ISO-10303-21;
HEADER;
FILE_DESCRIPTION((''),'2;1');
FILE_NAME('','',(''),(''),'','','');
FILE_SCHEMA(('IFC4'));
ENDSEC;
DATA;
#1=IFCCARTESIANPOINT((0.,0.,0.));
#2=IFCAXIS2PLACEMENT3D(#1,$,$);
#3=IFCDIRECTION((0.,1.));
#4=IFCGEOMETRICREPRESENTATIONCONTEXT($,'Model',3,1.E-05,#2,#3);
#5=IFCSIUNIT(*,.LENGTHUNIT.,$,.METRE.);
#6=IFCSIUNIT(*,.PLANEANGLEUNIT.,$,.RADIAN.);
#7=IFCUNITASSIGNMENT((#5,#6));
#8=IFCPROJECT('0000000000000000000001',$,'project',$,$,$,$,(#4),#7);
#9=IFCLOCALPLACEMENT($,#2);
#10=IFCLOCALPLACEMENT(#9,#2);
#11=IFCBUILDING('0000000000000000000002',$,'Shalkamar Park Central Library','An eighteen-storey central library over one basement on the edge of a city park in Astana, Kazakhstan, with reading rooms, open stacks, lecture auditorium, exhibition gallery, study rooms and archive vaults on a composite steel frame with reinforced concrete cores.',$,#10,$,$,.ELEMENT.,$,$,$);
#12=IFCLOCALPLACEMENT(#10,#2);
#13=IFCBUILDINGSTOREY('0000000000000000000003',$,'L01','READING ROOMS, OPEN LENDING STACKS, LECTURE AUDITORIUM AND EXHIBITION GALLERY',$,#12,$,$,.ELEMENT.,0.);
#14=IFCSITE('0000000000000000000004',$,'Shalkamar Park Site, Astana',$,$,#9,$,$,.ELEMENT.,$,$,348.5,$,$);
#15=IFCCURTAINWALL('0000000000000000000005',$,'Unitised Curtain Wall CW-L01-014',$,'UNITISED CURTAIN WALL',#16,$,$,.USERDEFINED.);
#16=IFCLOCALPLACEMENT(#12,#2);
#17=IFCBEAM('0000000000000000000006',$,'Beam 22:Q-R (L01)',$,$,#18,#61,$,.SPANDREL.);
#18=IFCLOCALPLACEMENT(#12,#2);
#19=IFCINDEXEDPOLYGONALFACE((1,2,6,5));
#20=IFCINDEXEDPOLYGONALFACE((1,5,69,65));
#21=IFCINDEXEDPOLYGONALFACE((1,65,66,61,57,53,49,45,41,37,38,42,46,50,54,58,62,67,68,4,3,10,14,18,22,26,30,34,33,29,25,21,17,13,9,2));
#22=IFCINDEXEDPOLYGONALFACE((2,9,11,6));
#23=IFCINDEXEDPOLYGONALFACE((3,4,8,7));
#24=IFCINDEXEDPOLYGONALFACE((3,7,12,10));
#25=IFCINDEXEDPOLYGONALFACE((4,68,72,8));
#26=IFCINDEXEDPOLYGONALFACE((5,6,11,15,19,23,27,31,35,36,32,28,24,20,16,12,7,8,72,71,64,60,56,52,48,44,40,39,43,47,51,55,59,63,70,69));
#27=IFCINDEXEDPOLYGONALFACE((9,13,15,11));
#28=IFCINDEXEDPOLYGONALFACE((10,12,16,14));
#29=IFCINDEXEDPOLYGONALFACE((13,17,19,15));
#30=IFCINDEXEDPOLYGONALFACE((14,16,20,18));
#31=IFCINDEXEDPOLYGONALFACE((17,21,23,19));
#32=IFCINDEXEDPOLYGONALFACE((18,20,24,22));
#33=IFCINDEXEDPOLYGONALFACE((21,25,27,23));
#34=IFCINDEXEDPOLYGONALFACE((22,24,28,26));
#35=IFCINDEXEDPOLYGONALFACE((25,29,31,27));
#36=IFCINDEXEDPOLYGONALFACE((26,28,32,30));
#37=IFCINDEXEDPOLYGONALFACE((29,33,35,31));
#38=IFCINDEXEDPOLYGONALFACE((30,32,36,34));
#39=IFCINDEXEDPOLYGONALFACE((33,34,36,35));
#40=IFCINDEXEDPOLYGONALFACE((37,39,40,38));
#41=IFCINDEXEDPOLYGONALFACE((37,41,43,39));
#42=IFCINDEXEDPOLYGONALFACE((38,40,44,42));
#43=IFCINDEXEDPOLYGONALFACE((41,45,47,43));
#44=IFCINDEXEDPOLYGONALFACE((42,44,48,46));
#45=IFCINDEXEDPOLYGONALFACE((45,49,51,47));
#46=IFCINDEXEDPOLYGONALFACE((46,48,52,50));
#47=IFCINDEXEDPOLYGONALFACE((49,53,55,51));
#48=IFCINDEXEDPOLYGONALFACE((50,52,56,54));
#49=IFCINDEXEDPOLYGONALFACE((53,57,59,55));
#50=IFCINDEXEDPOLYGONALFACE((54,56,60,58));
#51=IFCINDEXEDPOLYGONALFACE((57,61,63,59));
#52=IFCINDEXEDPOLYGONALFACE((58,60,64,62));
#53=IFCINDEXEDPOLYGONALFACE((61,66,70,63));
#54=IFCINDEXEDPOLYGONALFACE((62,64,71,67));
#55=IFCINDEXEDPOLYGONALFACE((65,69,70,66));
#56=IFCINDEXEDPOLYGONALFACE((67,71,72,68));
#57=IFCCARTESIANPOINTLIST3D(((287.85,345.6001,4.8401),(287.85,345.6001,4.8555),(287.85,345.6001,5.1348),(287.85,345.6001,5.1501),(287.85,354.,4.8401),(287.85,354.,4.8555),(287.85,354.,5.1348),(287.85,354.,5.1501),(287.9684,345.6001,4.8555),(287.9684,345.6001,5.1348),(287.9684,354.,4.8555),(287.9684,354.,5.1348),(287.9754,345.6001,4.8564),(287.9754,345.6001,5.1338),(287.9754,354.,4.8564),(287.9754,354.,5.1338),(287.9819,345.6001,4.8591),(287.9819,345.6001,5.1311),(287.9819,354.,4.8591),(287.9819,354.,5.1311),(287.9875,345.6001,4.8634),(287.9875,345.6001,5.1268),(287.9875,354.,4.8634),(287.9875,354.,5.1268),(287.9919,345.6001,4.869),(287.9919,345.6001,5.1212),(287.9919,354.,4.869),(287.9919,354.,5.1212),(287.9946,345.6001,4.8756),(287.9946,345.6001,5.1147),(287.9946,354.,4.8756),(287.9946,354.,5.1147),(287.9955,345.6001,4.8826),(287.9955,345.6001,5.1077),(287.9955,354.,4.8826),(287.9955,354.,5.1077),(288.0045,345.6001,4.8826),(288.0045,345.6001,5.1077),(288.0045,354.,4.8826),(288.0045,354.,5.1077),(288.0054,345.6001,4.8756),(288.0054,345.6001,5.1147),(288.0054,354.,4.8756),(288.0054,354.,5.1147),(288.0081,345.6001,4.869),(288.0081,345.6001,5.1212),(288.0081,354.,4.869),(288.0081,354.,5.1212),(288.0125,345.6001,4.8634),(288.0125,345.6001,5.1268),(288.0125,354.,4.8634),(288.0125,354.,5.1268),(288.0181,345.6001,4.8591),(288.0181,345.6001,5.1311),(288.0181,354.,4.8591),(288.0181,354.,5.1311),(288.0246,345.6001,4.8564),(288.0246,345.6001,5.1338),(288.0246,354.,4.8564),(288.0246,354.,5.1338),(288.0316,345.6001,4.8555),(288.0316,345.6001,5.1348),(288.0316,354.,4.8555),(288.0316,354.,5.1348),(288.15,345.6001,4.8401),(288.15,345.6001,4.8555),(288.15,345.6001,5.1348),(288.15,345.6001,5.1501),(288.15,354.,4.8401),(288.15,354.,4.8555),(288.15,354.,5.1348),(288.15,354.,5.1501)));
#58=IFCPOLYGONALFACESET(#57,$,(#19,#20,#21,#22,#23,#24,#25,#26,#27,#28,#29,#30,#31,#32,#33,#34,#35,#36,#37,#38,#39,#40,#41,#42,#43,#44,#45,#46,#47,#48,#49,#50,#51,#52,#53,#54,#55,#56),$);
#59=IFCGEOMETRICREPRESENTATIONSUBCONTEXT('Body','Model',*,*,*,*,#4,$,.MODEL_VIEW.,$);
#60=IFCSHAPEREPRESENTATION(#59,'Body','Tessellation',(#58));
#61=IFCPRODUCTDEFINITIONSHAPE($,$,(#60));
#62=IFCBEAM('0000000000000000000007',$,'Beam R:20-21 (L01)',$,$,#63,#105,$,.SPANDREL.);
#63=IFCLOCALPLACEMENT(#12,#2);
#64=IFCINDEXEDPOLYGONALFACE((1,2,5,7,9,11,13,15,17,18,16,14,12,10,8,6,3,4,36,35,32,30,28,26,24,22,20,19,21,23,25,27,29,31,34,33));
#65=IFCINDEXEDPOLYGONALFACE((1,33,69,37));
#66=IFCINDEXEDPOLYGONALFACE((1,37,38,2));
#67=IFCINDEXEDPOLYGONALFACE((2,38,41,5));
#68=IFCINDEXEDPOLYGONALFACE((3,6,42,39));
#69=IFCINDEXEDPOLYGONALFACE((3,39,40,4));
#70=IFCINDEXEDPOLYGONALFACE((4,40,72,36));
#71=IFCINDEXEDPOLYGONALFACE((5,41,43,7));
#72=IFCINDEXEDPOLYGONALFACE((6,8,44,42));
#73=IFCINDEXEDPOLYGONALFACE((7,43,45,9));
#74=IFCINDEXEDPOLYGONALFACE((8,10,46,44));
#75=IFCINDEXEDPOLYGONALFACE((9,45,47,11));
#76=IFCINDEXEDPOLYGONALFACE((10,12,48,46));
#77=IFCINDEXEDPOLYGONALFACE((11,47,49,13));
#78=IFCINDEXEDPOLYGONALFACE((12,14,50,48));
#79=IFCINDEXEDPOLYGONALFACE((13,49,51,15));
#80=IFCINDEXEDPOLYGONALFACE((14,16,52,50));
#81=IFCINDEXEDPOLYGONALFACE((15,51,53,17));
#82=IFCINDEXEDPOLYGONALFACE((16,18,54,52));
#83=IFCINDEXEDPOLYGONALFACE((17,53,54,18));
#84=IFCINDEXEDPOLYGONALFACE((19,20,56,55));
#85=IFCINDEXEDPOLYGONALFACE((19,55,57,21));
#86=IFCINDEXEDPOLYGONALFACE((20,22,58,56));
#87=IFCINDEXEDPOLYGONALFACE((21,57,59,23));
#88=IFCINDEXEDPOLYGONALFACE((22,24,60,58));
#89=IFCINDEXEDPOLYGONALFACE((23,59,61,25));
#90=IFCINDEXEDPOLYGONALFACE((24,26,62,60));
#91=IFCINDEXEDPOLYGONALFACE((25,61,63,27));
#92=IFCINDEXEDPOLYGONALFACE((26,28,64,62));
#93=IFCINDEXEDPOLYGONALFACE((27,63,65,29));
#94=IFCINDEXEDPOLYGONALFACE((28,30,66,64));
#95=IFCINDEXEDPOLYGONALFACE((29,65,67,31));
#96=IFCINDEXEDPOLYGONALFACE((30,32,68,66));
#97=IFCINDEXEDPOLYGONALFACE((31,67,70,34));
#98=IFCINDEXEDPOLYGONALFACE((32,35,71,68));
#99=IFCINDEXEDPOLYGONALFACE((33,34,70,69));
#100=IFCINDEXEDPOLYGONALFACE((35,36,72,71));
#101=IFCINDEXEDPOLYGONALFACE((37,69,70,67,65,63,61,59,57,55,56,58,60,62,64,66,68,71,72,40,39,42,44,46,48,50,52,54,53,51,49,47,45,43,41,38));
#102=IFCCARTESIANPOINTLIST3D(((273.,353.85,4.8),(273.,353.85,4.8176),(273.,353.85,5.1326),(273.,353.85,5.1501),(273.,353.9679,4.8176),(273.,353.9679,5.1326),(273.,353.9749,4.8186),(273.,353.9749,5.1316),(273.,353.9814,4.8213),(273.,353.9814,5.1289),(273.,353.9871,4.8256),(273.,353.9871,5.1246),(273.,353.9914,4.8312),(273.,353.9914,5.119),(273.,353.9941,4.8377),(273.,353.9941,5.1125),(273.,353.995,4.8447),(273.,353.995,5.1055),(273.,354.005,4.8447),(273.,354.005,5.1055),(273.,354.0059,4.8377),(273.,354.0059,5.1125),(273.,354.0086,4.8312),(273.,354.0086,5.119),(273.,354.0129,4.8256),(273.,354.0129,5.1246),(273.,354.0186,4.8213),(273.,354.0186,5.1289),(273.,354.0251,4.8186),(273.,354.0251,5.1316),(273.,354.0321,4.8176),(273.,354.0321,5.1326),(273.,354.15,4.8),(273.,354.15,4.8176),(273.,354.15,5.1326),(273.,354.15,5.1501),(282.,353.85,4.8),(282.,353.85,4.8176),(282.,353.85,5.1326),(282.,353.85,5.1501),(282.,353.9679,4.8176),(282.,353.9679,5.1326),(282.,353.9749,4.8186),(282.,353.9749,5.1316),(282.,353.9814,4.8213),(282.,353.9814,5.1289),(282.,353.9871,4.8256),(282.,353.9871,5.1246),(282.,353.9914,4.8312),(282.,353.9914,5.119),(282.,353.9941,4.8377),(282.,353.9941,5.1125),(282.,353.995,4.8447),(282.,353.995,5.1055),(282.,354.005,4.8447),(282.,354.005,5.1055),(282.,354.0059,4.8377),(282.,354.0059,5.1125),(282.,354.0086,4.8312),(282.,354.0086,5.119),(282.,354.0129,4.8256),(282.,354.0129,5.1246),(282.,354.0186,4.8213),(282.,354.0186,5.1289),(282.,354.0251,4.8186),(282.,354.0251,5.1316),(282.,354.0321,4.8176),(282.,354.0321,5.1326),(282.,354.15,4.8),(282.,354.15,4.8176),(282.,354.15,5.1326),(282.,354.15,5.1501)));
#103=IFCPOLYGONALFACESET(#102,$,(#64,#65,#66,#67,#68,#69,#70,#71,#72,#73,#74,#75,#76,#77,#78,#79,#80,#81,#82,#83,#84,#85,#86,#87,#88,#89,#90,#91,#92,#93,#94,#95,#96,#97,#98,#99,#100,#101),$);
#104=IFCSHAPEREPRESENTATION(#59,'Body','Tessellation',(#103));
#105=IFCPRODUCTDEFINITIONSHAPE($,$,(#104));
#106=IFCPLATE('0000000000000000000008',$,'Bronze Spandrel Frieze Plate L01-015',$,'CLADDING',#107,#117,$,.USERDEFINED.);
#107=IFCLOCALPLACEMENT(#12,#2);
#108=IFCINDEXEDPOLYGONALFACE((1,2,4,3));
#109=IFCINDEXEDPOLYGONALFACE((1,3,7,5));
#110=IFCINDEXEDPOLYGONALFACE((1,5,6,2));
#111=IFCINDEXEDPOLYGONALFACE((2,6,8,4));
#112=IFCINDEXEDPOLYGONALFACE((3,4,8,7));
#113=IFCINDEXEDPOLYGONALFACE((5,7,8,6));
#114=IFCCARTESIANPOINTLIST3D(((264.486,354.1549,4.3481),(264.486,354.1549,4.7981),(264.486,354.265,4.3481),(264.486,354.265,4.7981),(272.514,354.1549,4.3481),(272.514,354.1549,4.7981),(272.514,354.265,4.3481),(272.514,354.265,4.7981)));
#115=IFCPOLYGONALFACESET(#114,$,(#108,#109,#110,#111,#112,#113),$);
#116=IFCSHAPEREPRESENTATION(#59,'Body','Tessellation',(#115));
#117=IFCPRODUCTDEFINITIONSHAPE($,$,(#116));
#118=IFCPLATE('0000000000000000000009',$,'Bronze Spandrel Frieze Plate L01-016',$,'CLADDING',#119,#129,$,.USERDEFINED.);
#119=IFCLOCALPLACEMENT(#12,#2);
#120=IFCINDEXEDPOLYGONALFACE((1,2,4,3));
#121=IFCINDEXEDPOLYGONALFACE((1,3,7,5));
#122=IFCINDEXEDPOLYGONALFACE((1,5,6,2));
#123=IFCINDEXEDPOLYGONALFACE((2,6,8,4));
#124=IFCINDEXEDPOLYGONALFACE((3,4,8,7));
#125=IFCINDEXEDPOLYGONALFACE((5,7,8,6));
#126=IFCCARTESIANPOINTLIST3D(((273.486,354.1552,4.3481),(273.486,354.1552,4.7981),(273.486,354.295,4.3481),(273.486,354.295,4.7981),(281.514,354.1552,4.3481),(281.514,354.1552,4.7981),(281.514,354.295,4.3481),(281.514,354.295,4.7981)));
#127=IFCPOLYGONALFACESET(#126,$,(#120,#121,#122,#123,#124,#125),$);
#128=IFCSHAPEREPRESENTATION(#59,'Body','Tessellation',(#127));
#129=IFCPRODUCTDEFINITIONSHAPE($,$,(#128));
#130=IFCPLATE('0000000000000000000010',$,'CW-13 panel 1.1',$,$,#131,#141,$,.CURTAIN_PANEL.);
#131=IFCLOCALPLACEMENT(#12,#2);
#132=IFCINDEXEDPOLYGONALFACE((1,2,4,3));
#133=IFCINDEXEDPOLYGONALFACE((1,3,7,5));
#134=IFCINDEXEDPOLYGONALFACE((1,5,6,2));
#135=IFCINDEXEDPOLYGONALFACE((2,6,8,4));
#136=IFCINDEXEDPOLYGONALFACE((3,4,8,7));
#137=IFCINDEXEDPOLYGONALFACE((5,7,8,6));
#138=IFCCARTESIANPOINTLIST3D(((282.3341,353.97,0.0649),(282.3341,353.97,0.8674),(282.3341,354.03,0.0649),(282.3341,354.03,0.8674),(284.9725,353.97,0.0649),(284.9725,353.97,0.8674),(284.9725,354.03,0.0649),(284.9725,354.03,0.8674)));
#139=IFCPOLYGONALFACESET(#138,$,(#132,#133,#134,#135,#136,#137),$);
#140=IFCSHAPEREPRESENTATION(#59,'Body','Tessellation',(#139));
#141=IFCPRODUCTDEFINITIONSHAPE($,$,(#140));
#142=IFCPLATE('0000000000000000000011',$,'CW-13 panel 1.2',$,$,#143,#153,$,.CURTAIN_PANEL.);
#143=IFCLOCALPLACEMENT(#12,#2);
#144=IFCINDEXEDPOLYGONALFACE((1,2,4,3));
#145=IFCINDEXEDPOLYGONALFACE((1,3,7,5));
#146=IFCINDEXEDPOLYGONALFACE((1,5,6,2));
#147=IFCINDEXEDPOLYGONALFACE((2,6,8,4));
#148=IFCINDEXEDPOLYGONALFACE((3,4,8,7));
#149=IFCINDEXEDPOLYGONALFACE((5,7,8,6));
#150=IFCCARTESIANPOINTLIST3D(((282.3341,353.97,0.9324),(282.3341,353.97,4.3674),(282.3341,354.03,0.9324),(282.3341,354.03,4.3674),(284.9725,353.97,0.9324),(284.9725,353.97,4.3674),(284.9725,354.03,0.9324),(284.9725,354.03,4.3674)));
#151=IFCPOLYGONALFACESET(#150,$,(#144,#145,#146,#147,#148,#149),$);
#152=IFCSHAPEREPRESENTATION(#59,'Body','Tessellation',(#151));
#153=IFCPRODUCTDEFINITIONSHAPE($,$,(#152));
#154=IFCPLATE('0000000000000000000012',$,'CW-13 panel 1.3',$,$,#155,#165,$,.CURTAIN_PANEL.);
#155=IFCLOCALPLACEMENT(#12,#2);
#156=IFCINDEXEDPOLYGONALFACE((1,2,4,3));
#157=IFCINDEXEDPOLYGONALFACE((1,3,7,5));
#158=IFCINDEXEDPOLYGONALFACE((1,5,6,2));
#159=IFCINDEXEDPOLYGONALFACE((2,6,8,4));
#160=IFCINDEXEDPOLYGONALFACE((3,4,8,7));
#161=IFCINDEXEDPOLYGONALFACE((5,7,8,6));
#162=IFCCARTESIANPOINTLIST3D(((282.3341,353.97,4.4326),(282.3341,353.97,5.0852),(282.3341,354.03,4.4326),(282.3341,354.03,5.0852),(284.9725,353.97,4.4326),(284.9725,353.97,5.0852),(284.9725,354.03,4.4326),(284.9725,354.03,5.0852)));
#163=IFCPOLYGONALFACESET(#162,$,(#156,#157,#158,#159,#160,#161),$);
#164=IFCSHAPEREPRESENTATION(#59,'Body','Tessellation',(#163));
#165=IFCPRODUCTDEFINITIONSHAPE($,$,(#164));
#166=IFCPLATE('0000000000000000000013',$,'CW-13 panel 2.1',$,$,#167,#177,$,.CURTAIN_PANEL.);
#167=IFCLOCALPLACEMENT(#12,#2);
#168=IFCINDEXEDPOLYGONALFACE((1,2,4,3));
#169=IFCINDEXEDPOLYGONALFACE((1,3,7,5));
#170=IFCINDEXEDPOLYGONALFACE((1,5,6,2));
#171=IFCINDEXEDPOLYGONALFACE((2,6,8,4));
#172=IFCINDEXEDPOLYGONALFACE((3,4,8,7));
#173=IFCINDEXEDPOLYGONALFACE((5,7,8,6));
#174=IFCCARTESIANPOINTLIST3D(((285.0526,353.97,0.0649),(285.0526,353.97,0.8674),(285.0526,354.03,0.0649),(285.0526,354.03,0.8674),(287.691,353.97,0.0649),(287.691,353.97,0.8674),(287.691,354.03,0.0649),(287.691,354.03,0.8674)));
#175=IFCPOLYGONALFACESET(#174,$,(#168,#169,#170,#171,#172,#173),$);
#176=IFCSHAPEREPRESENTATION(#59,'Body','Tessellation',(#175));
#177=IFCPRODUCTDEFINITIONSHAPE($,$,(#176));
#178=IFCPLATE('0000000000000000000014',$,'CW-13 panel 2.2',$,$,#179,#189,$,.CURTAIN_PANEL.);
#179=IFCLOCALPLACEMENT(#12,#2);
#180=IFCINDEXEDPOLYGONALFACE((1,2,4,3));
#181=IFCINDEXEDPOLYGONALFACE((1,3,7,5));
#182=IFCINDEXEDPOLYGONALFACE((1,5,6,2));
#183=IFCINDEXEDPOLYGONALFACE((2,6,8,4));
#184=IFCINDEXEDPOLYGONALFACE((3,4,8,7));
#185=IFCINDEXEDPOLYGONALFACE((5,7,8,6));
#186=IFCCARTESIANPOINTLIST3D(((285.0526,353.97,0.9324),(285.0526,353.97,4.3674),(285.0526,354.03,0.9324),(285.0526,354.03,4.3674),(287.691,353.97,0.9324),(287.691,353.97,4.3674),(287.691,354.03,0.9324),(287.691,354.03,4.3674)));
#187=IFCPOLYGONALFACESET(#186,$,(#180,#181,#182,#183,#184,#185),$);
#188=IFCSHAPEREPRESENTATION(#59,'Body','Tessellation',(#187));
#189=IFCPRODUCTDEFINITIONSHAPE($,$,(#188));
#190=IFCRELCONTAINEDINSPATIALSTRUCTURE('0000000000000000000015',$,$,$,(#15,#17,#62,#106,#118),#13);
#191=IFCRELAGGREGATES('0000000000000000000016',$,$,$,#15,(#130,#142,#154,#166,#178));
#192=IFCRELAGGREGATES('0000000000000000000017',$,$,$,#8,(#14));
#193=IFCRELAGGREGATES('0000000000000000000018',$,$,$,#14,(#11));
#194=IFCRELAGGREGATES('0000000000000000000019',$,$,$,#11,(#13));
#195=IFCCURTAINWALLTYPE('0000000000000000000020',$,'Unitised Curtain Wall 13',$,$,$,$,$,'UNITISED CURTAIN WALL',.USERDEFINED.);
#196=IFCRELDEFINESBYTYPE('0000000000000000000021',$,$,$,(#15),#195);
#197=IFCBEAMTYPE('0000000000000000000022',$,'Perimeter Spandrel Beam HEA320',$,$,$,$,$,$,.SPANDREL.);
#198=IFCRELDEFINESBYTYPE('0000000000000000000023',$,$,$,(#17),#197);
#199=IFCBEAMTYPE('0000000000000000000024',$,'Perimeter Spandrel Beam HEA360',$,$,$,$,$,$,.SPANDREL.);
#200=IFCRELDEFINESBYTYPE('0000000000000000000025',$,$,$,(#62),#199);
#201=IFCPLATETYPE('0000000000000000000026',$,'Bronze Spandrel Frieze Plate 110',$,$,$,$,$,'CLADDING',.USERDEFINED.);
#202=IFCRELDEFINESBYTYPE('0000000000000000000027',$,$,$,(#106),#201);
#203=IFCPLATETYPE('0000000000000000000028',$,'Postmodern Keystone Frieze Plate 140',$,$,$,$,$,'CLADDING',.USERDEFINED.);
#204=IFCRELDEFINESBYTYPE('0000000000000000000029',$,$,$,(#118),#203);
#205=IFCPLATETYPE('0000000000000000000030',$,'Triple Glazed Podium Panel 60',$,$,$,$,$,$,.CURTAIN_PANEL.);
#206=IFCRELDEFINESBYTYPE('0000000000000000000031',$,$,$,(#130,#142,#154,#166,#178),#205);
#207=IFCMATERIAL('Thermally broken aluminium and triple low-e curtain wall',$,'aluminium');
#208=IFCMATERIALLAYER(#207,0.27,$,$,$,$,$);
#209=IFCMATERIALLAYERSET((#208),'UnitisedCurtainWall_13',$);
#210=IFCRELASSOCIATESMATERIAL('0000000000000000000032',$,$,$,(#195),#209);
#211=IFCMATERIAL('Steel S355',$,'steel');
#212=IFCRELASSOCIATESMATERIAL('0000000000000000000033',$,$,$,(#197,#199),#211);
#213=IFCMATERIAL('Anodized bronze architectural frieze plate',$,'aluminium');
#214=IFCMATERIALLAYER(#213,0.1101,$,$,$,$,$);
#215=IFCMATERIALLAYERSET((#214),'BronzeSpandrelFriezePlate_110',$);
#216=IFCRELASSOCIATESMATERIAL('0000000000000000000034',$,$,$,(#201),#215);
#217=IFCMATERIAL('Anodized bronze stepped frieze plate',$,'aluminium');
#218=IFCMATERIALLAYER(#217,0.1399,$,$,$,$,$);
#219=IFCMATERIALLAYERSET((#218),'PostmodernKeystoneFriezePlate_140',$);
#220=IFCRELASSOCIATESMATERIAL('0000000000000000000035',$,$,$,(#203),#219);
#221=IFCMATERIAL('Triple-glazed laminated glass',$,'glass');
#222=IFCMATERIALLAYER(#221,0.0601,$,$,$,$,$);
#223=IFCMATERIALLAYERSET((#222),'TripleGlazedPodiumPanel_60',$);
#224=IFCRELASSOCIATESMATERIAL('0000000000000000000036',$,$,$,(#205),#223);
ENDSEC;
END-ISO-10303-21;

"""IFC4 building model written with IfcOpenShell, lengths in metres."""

from ifc_helpers import new_model, si_unit, direction, frame, origin, origin_2d, place, context, subcontext, project, spatial, rectangle, i_section, extrude, material, layer, layer_set, material_profile, profile_set, type_object, element, aggregate, save


model = new_model("IFC4")

# Units and contexts
model_context = context("Model", 3, precision=1e-05, world=origin(), true_north=direction((0.0, 1.0)))
body_context = subcontext(model_context, "Body", "Model", "MODEL_VIEW")
ifc_project = project(units=[si_unit("LENGTHUNIT", "METRE"), si_unit("PLANEANGLEUNIT", "RADIAN")], contexts=[model_context])

# Site, building, storey
site_placement = place(None, origin())
site = spatial("IfcSite", under=ifc_project, at=site_placement, Name="Shalkamar Park Site, Astana", CompositionType="ELEMENT", RefElevation=348.5)
building_placement = place(site_placement, origin())
building = spatial("IfcBuilding", under=site, at=building_placement, Name="Shalkamar Park Central Library", Description="An eighteen-storey central library over one basement on the edge of a city park in Astana, Kazakhstan, with reading rooms, open stacks, lecture auditorium, exhibition gallery, study rooms and archive vaults on a composite steel frame with reinforced concrete cores.", CompositionType="ELEMENT")
storey_placement = place(building_placement, origin())
storey = spatial("IfcBuildingStorey", under=building, at=storey_placement, Name="L01", Description="READING ROOMS, OPEN LENDING STACKS, LECTURE AUDITORIUM AND EXHIBITION GALLERY", CompositionType="ELEMENT", Elevation=0.0)

# Shared definitions
ifc_material_1 = material(Name="Steel S355", Category="steel")

# Curtain wall
ifc_material_2 = material(Name="Thermally broken aluminium and triple low-e curtain wall", Category="aluminium")
ifc_layer_1 = layer(ifc_material_2, 0.27)
ifc_layer_set_1 = layer_set([ifc_layer_1], Name="UnitisedCurtainWall_13")
curtain_wall_type = type_object("IfcCurtainWallType", Name="Unitised Curtain Wall 13", ElementType="UNITISED CURTAIN WALL", PredefinedType="USERDEFINED", material=ifc_layer_set_1)
curtain_wall_placement = place(storey_placement, origin())
curtain_wall = element("IfcCurtainWall", 1, at=curtain_wall_placement, inside=storey, type_object=curtain_wall_type, Name="Unitised Curtain Wall CW-L01-014", ObjectType="UNITISED CURTAIN WALL", PredefinedType="USERDEFINED")

# Beams
ifc_material_profile_1 = material_profile(ifc_material_1, i_section(OverallWidth=0.3, OverallDepth=0.3101, WebThickness=0.009, FlangeThickness=0.0154, FilletRadius=0.0271, at=origin_2d()), Name="HEA 320")
ifc_profile_set_1 = profile_set([ifc_material_profile_1], Name="Steel S355")
beam_type_1 = type_object("IfcBeamType", Name="Perimeter Spandrel Beam HEA320", PredefinedType="SPANDREL", material=ifc_profile_set_1)
beam_1_placement = place(storey_placement, frame((288.0, 345.6001, 4.9951), z_axis=(0.0, 1.0, 0.0), x_axis=(-1.0, 0.0, 0.0)))
element("IfcBeam", 2, at=beam_1_placement, inside=storey, type_object=beam_type_1, Name="Beam 22:Q-R (L01)", PredefinedType="SPANDREL", context=body_context, shape_type="SweptSolid", body=[
    extrude(i_section(OverallWidth=0.3, OverallDepth=0.3101, WebThickness=0.009, FlangeThickness=0.0154, FilletRadius=0.0271, at=origin_2d()), origin(), (0.0, 0.0, 1.0), 8.3999),
])
ifc_material_profile_2 = material_profile(ifc_material_1, i_section(OverallWidth=0.3, OverallDepth=0.3501, WebThickness=0.01, FlangeThickness=0.0176, FilletRadius=0.0271, at=origin_2d()), Name="HEA 360")
ifc_profile_set_2 = profile_set([ifc_material_profile_2], Name="Steel S355")
beam_type_2 = type_object("IfcBeamType", Name="Perimeter Spandrel Beam HEA360", PredefinedType="SPANDREL", material=ifc_profile_set_2)
beam_2_placement = place(storey_placement, frame((273.0, 354.0, 4.9751), z_axis=(1.0, 0.0, 0.0), x_axis=(0.0, 1.0, 0.0)))
element("IfcBeam", 3, at=beam_2_placement, inside=storey, type_object=beam_type_2, Name="Beam R:20-21 (L01)", PredefinedType="SPANDREL", context=body_context, shape_type="SweptSolid", body=[
    extrude(i_section(OverallWidth=0.3, OverallDepth=0.3501, WebThickness=0.01, FlangeThickness=0.0176, FilletRadius=0.0271, at=origin_2d()), origin(), (0.0, 0.0, 1.0), 9.0),
])

# Plates
ifc_material_3 = material(Name="Anodized bronze architectural frieze plate", Category="aluminium")
ifc_layer_2 = layer(ifc_material_3, 0.1101)
ifc_layer_set_2 = layer_set([ifc_layer_2], Name="BronzeSpandrelFriezePlate_110")
plate_type_1 = type_object("IfcPlateType", Name="Bronze Spandrel Frieze Plate 110", ElementType="CLADDING", PredefinedType="USERDEFINED", material=ifc_layer_set_2)
plate_1_placement = place(storey_placement, frame((268.5, 354.21, 4.3481), z_axis=(0.0, 0.0, 1.0), x_axis=(1.0, 0.0, 0.0)))
element("IfcPlate", 4, at=plate_1_placement, inside=storey, type_object=plate_type_1, Name="Bronze Spandrel Frieze Plate L01-015", ObjectType="CLADDING", PredefinedType="USERDEFINED", context=body_context, shape_type="SweptSolid", body=[
    extrude(rectangle(XDim=8.0281, YDim=0.1101, at=origin_2d()), origin(), (0.0, 0.0, 1.0), 0.45),
])
ifc_material_4 = material(Name="Anodized bronze stepped frieze plate", Category="aluminium")
ifc_layer_3 = layer(ifc_material_4, 0.1399)
ifc_layer_set_3 = layer_set([ifc_layer_3], Name="PostmodernKeystoneFriezePlate_140")
plate_type_2 = type_object("IfcPlateType", Name="Postmodern Keystone Frieze Plate 140", ElementType="CLADDING", PredefinedType="USERDEFINED", material=ifc_layer_set_3)
plate_2_placement = place(storey_placement, frame((277.5, 354.2251, 4.3481), z_axis=(0.0, 0.0, 1.0), x_axis=(1.0, 0.0, 0.0)))
element("IfcPlate", 5, at=plate_2_placement, inside=storey, type_object=plate_type_2, Name="Bronze Spandrel Frieze Plate L01-016", ObjectType="CLADDING", PredefinedType="USERDEFINED", context=body_context, shape_type="SweptSolid", body=[
    extrude(rectangle(XDim=8.0281, YDim=0.1399, at=origin_2d()), origin(), (0.0, 0.0, 1.0), 0.45),
])

# Plates
ifc_material_5 = material(Name="Triple-glazed laminated glass", Category="glass")
ifc_layer_4 = layer(ifc_material_5, 0.0601)
ifc_layer_set_4 = layer_set([ifc_layer_4], Name="TripleGlazedPodiumPanel_60")
plate_type_3 = type_object("IfcPlateType", Name="Triple Glazed Podium Panel 60", PredefinedType="CURTAIN_PANEL", material=ifc_layer_set_4)
plate_3_placement = place(storey_placement, frame((283.6533, 354.0, 0.0649), z_axis=(0.0, 0.0, 1.0), x_axis=(1.0, 0.0, 0.0)))
plate_3 = element("IfcPlate", 6, at=plate_3_placement, type_object=plate_type_3, Name="CW-13 panel 1.1", PredefinedType="CURTAIN_PANEL", context=body_context, shape_type="SweptSolid", body=[
    extrude(rectangle(XDim=2.6384, YDim=0.0601, at=origin_2d()), origin(), (0.0, 0.0, 1.0), 0.8025),
])
plate_4_placement = place(storey_placement, frame((283.6533, 354.0, 0.9324), z_axis=(0.0, 0.0, 1.0), x_axis=(1.0, 0.0, 0.0)))
plate_4 = element("IfcPlate", 7, at=plate_4_placement, type_object=plate_type_3, Name="CW-13 panel 1.2", PredefinedType="CURTAIN_PANEL", context=body_context, shape_type="SweptSolid", body=[
    extrude(rectangle(XDim=2.6384, YDim=0.0601, at=origin_2d()), origin(), (0.0, 0.0, 1.0), 3.4351),
])
plate_5_placement = place(storey_placement, frame((283.6533, 354.0, 4.4326), z_axis=(0.0, 0.0, 1.0), x_axis=(1.0, 0.0, 0.0)))
plate_5 = element("IfcPlate", 8, at=plate_5_placement, type_object=plate_type_3, Name="CW-13 panel 1.3", PredefinedType="CURTAIN_PANEL", context=body_context, shape_type="SweptSolid", body=[
    extrude(rectangle(XDim=2.6384, YDim=0.0601, at=origin_2d()), origin(), (0.0, 0.0, 1.0), 0.6526),
])
plate_6_placement = place(storey_placement, frame((286.3718, 354.0, 0.0649), z_axis=(0.0, 0.0, 1.0), x_axis=(1.0, 0.0, 0.0)))
plate_6 = element("IfcPlate", 9, at=plate_6_placement, type_object=plate_type_3, Name="CW-13 panel 2.1", PredefinedType="CURTAIN_PANEL", context=body_context, shape_type="SweptSolid", body=[
    extrude(rectangle(XDim=2.6384, YDim=0.0601, at=origin_2d()), origin(), (0.0, 0.0, 1.0), 0.8025),
])
plate_7_placement = place(storey_placement, frame((286.3718, 354.0, 0.9324), z_axis=(0.0, 0.0, 1.0), x_axis=(1.0, 0.0, 0.0)))
plate_7 = element("IfcPlate", 10, at=plate_7_placement, type_object=plate_type_3, Name="CW-13 panel 2.2", PredefinedType="CURTAIN_PANEL", context=body_context, shape_type="SweptSolid", body=[
    extrude(rectangle(XDim=2.6384, YDim=0.0601, at=origin_2d()), origin(), (0.0, 0.0, 1.0), 3.4351),
])
aggregate(curtain_wall, [plate_3, plate_4, plate_5, plate_6, plate_7])

save(model, "model.ifc")
